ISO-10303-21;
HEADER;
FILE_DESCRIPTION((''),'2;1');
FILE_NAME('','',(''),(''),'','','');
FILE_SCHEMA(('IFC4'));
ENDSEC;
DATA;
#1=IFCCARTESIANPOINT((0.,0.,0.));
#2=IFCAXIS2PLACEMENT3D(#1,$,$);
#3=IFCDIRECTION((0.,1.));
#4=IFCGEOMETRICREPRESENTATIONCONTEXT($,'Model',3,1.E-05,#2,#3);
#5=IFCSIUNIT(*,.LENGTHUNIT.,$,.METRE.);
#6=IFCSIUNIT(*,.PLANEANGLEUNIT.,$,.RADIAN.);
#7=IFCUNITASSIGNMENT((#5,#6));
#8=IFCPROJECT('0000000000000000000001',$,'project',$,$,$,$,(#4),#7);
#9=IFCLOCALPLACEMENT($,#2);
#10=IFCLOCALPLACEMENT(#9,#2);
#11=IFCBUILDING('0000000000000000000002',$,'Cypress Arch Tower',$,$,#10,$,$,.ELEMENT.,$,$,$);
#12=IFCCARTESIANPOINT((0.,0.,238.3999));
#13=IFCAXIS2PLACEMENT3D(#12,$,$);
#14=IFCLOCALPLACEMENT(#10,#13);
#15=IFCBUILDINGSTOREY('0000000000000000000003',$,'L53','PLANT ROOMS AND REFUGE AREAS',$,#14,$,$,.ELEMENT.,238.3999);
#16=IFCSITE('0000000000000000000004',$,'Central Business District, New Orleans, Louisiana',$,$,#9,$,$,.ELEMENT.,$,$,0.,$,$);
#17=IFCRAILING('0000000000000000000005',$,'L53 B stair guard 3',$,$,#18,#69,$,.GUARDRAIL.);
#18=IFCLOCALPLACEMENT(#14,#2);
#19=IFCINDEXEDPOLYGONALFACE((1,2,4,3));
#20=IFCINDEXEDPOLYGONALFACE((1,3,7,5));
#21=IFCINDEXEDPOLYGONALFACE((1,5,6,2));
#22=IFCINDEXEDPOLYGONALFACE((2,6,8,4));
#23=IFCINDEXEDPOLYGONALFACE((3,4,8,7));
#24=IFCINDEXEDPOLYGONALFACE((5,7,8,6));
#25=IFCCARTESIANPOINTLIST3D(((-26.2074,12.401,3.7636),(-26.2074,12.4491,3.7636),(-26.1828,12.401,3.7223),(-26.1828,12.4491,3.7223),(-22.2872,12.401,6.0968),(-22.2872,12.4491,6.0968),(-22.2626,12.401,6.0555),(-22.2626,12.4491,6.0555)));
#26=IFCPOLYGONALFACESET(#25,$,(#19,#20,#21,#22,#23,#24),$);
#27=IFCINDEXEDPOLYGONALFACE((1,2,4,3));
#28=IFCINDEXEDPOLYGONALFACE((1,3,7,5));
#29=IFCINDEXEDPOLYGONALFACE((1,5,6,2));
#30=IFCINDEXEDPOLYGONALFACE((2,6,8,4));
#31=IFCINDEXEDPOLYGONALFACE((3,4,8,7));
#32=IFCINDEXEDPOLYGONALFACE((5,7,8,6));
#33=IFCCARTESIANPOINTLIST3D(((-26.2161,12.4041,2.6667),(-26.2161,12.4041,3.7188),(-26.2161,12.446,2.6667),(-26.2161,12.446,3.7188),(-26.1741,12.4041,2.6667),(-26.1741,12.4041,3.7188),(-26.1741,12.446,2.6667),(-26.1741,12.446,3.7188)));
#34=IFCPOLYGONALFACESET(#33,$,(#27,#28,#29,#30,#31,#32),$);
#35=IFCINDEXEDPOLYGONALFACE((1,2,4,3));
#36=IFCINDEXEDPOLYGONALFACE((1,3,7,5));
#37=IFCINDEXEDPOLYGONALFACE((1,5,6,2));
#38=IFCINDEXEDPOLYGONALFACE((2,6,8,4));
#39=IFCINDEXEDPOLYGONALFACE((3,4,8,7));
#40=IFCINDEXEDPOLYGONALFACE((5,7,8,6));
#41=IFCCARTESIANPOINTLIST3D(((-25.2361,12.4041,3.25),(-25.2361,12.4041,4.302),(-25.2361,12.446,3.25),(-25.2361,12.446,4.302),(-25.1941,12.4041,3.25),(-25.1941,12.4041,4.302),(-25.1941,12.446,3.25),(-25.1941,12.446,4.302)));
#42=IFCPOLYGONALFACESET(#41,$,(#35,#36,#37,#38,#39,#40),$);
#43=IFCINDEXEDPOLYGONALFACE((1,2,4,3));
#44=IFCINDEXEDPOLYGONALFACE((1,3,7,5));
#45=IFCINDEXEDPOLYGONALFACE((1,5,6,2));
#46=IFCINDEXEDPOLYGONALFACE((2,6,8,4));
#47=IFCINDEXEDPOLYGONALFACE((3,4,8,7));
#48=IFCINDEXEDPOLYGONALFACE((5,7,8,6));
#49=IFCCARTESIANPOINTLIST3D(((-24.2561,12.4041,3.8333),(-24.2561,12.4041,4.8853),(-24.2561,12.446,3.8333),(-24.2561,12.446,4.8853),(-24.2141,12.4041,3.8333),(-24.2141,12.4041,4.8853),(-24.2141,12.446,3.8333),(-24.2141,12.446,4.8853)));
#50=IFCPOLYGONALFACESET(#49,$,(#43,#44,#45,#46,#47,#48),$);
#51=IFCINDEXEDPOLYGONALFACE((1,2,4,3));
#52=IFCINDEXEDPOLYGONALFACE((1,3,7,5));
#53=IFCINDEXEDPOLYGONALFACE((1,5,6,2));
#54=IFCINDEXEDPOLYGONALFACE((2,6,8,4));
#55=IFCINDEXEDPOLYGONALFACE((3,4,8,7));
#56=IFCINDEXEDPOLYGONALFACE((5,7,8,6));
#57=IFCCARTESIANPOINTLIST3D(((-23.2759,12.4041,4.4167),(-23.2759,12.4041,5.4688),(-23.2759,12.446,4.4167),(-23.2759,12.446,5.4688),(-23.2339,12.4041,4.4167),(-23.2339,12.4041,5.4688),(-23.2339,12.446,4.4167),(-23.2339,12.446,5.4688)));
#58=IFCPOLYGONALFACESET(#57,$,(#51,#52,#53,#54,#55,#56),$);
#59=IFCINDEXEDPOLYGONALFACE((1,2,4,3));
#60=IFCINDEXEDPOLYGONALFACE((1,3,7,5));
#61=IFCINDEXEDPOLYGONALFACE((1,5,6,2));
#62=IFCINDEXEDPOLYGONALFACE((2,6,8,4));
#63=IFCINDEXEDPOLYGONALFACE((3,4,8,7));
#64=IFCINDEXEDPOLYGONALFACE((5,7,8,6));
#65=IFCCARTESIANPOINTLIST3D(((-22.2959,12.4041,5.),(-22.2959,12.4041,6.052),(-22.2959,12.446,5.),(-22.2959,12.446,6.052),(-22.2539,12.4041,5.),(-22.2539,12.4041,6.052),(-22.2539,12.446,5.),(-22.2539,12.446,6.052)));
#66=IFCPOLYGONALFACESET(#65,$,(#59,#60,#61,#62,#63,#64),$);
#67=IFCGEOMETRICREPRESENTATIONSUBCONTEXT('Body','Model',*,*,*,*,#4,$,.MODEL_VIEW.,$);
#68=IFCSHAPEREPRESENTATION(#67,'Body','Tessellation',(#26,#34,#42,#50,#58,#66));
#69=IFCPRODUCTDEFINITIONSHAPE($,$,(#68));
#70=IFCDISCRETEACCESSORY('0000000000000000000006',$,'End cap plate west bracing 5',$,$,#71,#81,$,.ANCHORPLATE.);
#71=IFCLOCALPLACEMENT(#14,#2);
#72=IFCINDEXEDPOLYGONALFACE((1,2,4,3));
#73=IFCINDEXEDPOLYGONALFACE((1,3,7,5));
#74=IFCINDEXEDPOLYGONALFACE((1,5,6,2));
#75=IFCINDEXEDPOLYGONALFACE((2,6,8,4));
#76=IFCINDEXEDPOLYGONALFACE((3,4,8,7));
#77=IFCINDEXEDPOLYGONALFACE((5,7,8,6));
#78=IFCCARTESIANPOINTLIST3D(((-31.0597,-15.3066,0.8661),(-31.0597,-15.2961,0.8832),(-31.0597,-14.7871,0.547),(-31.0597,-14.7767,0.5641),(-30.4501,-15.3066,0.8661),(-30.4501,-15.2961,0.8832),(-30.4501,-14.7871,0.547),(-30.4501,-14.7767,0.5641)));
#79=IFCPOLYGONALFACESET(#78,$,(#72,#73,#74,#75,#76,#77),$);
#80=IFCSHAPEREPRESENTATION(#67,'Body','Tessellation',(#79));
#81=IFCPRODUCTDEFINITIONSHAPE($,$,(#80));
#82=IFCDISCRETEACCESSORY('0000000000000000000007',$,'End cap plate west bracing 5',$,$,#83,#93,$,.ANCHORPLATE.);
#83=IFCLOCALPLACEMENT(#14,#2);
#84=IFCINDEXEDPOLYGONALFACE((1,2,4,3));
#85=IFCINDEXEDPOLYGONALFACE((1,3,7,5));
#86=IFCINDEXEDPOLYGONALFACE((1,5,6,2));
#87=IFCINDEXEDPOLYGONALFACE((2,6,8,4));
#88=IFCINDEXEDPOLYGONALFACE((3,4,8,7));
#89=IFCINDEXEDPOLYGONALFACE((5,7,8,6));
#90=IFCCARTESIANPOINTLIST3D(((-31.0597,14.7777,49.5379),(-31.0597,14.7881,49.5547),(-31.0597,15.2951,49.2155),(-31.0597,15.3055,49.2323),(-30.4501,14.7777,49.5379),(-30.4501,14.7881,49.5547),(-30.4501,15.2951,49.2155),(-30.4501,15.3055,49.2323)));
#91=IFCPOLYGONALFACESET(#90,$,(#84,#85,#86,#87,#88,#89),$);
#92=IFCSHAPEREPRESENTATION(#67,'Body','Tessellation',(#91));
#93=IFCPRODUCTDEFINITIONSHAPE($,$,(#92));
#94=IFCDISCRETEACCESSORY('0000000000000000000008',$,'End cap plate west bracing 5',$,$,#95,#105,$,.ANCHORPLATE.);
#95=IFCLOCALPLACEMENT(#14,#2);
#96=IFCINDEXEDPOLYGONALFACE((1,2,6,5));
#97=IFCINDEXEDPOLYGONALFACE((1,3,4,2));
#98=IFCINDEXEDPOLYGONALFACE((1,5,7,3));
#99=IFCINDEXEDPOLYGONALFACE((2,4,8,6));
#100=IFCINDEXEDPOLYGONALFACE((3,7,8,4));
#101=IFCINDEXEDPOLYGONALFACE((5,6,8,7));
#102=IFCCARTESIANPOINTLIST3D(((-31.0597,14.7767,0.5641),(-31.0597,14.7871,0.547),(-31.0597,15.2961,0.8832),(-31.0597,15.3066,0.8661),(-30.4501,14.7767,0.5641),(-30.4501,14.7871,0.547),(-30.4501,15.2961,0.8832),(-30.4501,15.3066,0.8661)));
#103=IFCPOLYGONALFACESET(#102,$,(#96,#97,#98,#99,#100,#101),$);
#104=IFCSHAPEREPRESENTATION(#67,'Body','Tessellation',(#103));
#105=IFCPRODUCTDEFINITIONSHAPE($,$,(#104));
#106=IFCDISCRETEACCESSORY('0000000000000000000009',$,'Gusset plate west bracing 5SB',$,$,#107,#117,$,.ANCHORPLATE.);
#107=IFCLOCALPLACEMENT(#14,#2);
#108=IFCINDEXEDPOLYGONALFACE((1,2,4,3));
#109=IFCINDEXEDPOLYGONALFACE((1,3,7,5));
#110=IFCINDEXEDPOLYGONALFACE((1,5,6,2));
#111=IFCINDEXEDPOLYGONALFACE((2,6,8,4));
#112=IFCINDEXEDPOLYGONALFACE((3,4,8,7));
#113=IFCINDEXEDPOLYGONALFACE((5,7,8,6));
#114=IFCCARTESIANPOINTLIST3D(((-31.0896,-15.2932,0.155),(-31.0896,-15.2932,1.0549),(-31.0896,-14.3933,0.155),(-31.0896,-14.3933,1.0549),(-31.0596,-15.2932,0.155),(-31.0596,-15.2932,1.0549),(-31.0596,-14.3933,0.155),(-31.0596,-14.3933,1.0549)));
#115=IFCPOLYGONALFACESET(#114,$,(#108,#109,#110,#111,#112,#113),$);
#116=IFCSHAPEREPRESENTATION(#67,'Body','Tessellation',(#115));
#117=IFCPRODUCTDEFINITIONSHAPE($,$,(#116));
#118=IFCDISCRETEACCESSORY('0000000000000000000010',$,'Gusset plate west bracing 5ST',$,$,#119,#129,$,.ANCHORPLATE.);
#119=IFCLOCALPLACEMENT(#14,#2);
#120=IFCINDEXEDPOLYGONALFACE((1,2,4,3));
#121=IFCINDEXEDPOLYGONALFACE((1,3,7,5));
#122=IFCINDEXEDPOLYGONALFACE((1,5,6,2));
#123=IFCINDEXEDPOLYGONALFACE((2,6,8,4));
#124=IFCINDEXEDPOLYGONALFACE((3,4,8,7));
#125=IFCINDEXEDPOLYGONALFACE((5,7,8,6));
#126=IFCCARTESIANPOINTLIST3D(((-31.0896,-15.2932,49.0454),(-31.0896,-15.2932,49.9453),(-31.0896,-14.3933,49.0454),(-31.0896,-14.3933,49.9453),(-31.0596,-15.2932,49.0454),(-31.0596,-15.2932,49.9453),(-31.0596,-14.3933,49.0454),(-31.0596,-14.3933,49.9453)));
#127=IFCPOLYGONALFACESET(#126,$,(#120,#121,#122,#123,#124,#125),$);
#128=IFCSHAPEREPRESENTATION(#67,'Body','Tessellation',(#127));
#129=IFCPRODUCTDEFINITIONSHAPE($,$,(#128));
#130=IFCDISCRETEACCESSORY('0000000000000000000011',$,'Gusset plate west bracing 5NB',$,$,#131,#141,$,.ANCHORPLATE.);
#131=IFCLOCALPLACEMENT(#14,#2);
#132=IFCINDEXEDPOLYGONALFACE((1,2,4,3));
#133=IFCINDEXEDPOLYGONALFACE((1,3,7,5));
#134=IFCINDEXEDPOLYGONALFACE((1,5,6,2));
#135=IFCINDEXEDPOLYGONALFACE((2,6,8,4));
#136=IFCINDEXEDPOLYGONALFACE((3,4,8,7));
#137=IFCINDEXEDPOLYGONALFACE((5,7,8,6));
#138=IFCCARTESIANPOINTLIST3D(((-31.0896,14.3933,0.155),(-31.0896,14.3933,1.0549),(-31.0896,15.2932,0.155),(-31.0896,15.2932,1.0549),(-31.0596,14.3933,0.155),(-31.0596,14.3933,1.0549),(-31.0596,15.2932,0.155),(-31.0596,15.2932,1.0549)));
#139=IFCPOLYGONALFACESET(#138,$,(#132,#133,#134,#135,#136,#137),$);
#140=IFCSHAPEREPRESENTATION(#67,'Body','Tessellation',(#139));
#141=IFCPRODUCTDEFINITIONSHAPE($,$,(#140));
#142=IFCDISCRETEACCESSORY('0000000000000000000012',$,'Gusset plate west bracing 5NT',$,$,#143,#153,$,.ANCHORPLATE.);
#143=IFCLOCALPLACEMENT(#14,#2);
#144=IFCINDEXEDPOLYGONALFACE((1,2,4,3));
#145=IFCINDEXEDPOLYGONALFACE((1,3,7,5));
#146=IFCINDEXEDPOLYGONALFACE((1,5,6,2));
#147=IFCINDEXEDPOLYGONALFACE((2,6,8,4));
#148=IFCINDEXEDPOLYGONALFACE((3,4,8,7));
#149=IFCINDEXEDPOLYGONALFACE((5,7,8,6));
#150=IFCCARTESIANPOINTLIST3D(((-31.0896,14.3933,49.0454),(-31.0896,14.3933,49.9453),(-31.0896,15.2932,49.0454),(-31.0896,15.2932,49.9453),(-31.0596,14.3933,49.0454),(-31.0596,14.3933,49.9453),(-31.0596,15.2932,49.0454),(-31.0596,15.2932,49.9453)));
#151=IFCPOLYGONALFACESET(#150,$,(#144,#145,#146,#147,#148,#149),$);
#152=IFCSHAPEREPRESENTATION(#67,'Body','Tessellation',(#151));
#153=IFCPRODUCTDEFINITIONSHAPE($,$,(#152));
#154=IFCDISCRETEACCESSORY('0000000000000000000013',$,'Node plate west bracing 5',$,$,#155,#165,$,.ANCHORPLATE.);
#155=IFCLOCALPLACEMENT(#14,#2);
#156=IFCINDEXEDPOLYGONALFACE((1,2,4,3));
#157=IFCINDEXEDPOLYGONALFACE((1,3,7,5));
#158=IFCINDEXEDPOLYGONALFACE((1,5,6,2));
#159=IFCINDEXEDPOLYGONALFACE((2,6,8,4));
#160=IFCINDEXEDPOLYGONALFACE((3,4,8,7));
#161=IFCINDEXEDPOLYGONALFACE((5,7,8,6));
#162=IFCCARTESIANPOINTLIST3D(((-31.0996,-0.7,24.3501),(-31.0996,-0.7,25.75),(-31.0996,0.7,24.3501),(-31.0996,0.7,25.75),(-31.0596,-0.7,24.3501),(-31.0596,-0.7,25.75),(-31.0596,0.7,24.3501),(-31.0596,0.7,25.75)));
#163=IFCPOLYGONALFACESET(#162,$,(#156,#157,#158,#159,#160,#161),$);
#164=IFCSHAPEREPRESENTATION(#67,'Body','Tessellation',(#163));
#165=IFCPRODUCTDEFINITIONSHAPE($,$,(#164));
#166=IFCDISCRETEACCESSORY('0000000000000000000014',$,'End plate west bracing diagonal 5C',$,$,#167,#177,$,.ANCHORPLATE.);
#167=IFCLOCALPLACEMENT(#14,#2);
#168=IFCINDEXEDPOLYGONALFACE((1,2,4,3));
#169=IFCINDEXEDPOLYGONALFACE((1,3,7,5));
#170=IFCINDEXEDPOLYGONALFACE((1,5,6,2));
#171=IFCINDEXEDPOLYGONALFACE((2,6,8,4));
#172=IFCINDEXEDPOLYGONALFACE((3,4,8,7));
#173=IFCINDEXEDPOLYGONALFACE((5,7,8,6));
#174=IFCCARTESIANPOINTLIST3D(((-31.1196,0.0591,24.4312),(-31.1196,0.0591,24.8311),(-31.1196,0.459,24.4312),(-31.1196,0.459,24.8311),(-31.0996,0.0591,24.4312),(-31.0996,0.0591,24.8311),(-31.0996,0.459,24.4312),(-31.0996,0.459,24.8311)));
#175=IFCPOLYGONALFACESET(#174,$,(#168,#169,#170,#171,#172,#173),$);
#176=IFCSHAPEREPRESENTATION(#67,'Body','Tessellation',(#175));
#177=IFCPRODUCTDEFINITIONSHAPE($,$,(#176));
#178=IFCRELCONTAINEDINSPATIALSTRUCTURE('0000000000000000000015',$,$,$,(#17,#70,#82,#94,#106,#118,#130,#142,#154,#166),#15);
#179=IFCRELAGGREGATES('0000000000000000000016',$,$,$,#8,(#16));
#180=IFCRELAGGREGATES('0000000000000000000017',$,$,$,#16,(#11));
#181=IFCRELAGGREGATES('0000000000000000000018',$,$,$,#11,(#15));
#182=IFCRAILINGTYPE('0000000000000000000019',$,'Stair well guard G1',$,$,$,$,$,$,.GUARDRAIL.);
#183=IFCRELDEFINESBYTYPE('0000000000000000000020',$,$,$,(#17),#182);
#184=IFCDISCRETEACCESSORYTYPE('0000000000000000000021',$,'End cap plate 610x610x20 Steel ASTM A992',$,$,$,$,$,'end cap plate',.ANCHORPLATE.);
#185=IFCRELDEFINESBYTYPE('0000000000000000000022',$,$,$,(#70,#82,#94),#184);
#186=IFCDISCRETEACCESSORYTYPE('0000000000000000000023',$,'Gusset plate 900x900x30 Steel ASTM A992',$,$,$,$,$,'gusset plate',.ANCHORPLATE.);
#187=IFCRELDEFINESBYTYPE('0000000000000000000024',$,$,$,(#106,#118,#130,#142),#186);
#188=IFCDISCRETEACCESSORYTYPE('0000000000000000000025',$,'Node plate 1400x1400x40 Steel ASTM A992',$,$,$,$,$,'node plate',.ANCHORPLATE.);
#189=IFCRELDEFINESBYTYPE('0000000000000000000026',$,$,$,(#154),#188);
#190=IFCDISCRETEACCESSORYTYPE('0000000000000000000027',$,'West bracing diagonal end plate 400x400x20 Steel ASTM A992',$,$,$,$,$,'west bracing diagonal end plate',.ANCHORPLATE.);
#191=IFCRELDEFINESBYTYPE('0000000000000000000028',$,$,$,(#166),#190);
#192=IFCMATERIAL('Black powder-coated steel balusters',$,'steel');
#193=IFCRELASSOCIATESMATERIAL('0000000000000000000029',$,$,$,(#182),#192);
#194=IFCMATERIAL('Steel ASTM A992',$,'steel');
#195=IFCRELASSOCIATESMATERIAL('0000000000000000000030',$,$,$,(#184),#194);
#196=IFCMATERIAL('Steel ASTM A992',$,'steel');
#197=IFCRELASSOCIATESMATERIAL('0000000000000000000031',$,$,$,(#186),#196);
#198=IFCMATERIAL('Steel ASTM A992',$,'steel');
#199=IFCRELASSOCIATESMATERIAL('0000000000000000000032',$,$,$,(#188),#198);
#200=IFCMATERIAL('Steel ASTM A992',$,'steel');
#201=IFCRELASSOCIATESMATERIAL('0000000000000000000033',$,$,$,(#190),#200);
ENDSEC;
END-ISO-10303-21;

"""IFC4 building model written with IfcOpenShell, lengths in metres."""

from ifc_helpers import new_model, si_unit, direction, frame, origin, origin_2d, place, context, subcontext, project, spatial, rectangle, extrude, material, material_profile, profile_set, type_object, element, save


model = new_model("IFC4")

# Units and contexts
model_context = context("Model", 3, precision=1e-05, world=origin(), true_north=direction((0.0, 1.0)))
body_context = subcontext(model_context, "Body", "Model", "MODEL_VIEW")
ifc_project = project(units=[si_unit("LENGTHUNIT", "METRE"), si_unit("PLANEANGLEUNIT", "RADIAN")], contexts=[model_context])

# Site, building, storey
site_placement = place(None, origin())
site = spatial("IfcSite", under=ifc_project, at=site_placement, Name="Central Business District, New Orleans, Louisiana", CompositionType="ELEMENT", RefElevation=0.0)
building_placement = place(site_placement, origin())
building = spatial("IfcBuilding", under=site, at=building_placement, Name="Cypress Arch Tower", CompositionType="ELEMENT")
storey_placement = place(building_placement, frame((0.0, 0.0, 238.3999)))
storey = spatial("IfcBuildingStorey", under=building, at=storey_placement, Name="L53", Description="PLANT ROOMS AND REFUGE AREAS", CompositionType="ELEMENT", Elevation=238.3999)

# Railing
ifc_material_1 = material(Name="Black powder-coated steel balusters", Category="steel")
railing_type_1 = type_object("IfcRailingType", Name="Stair well guard G1", PredefinedType="GUARDRAIL", material=ifc_material_1)
railing_1_placement = place(storey_placement, frame((-26.1951, 12.425, 2.6667)))
element("IfcRailing", 1, at=railing_1_placement, inside=storey, type_object=railing_type_1, Name="L53 B stair guard 3", PredefinedType="GUARDRAIL", context=body_context, shape_type="SweptSolid", body=[
    extrude(rectangle(XDim=0.0481, YDim=0.0481, at=origin_2d()), frame((0.0, 0.0, 1.0762), z_axis=(0.85931, 0.0, 0.511455), x_axis=(0.0, 1.0, 0.0)), (0.0, 0.0, 1.0), 4.562),
    extrude(rectangle(XDim=0.042, YDim=0.042, at=origin_2d()), origin(), (0.0, 0.0, 1.0), 1.052),
    extrude(rectangle(XDim=0.042, YDim=0.042, at=origin_2d()), frame((0.98, 0.0, 0.5833)), (0.0, 0.0, 1.0), 1.052),
    extrude(rectangle(XDim=0.042, YDim=0.042, at=origin_2d()), frame((1.96, 0.0, 1.1665)), (0.0, 0.0, 1.0), 1.052),
    extrude(rectangle(XDim=0.042, YDim=0.042, at=origin_2d()), frame((2.9402, 0.0, 1.75)), (0.0, 0.0, 1.0), 1.052),
    extrude(rectangle(XDim=0.042, YDim=0.042, at=origin_2d()), frame((3.9202, 0.0, 2.3333)), (0.0, 0.0, 1.0), 1.052),
])

# Discrete accessories
ifc_material_2 = material(Name="Steel ASTM A992", Category="steel")
ifc_material_profile_1 = material_profile(ifc_material_2, rectangle(XDim=0.6096, YDim=0.6096, at=origin_2d()), Name="PL 20 610x610")
ifc_profile_set_1 = profile_set([ifc_material_profile_1], Name="Steel ASTM A992")
discrete_accessory_type_1 = type_object("IfcDiscreteAccessoryType", Name="End cap plate 610x610x20 Steel ASTM A992", ElementType="end cap plate", PredefinedType="ANCHORPLATE", material=ifc_profile_set_1)
discrete_accessory_1_placement = place(storey_placement, frame((-30.7549, -15.0364, 0.7236), z_axis=(0.0, -0.523418, -0.852076), x_axis=(1.0, 0.0, 0.0)))
element("IfcDiscreteAccessory", 2, at=discrete_accessory_1_placement, inside=storey, type_object=discrete_accessory_type_1, Name="End cap plate west bracing 5", PredefinedType="ANCHORPLATE", context=body_context, shape_type="SweptSolid", body=[
    extrude(rectangle(XDim=0.6096, YDim=0.6096, at=origin_2d()), origin(), (0.0, 0.0, 1.0), 0.02),
])
discrete_accessory_2_placement = place(storey_placement, frame((-30.7549, 15.0364, 49.3767), z_axis=(0.0, 0.528893, 0.848689), x_axis=(-1.0, 0.0, 0.0)))
element("IfcDiscreteAccessory", 3, at=discrete_accessory_2_placement, inside=storey, type_object=discrete_accessory_type_1, Name="End cap plate west bracing 5", PredefinedType="ANCHORPLATE", context=body_context, shape_type="SweptSolid", body=[
    extrude(rectangle(XDim=0.6096, YDim=0.6096, at=origin_2d()), origin(), (0.0, 0.0, 1.0), 0.0198),
])
discrete_accessory_3_placement = place(storey_placement, frame((-30.7549, 15.0364, 0.7236), z_axis=(0.0, 0.523418, -0.852076), x_axis=(-1.0, 0.0, 0.0)))
element("IfcDiscreteAccessory", 4, at=discrete_accessory_3_placement, inside=storey, type_object=discrete_accessory_type_1, Name="End cap plate west bracing 5", PredefinedType="ANCHORPLATE", context=body_context, shape_type="SweptSolid", body=[
    extrude(rectangle(XDim=0.6096, YDim=0.6096, at=origin_2d()), origin(), (0.0, 0.0, 1.0), 0.02),
])
ifc_material_3 = material(Name="Steel ASTM A992", Category="steel")
ifc_material_profile_2 = material_profile(ifc_material_3, rectangle(XDim=0.8999, YDim=0.8999, at=origin_2d()), Name="PL 30 900x900")
ifc_profile_set_2 = profile_set([ifc_material_profile_2], Name="Steel ASTM A992")
discrete_accessory_type_2 = type_object("IfcDiscreteAccessoryType", Name="Gusset plate 900x900x30 Steel ASTM A992", ElementType="gusset plate", PredefinedType="ANCHORPLATE", material=ifc_profile_set_2)
for number, where, z_axis, x_axis, name in (
    (5, (-31.0596, -14.8433, 0.605), (-1.0, 0.0, 0.0), (0.0, -1.0, 0.0), "Gusset plate west bracing 5SB"),
    (6, (-31.0596, -14.8433, 49.4954), (-1.0, 0.0, 0.0), (0.0, -1.0, 0.0), "Gusset plate west bracing 5ST"),
    (7, (-31.0596, 14.8433, 0.605), (-1.0, 0.0, 0.0), (0.0, -1.0, 0.0), "Gusset plate west bracing 5NB"),
    (8, (-31.0596, 14.8433, 49.4954), (-1.0, 0.0, 0.0), (0.0, -1.0, 0.0), "Gusset plate west bracing 5NT"),
):
    element("IfcDiscreteAccessory", number, at=place(storey_placement, frame(where, z_axis=z_axis, x_axis=x_axis)), inside=storey, type_object=discrete_accessory_type_2, Name=name, PredefinedType="ANCHORPLATE", context=body_context, shape_type="SweptSolid", body=[
        extrude(rectangle(XDim=0.8999, YDim=0.8999, at=origin_2d()), origin(), (0.0, 0.0, 1.0), 0.03),
    ])
ifc_material_4 = material(Name="Steel ASTM A992", Category="steel")
ifc_material_profile_3 = material_profile(ifc_material_4, rectangle(XDim=1.3999, YDim=1.3999, at=origin_2d()), Name="PL 40 1400x1400")
ifc_profile_set_3 = profile_set([ifc_material_profile_3], Name="Steel ASTM A992")
discrete_accessory_type_3 = type_object("IfcDiscreteAccessoryType", Name="Node plate 1400x1400x40 Steel ASTM A992", ElementType="node plate", PredefinedType="ANCHORPLATE", material=ifc_profile_set_3)
discrete_accessory_4_placement = place(storey_placement, frame((-31.0596, 0.0, 25.05), z_axis=(-1.0, 0.0, 0.0), x_axis=(0.0, -1.0, 0.0)))
element("IfcDiscreteAccessory", 9, at=discrete_accessory_4_placement, inside=storey, type_object=discrete_accessory_type_3, Name="Node plate west bracing 5", PredefinedType="ANCHORPLATE", context=body_context, shape_type="SweptSolid", body=[
    extrude(rectangle(XDim=1.3999, YDim=1.3999, at=origin_2d()), origin(), (0.0, 0.0, 1.0), 0.04),
])
ifc_material_5 = material(Name="Steel ASTM A992", Category="steel")
ifc_material_profile_4 = material_profile(ifc_material_5, rectangle(XDim=0.3999, YDim=0.3999, at=origin_2d()), Name="PL 20 400x400")
ifc_profile_set_4 = profile_set([ifc_material_profile_4], Name="Steel ASTM A992")
discrete_accessory_type_4 = type_object("IfcDiscreteAccessoryType", Name="West bracing diagonal end plate 400x400x20 Steel ASTM A992", ElementType="west bracing diagonal end plate", PredefinedType="ANCHORPLATE", material=ifc_profile_set_4)
discrete_accessory_5_placement = place(storey_placement, frame((-31.0996, 0.259, 24.6311), z_axis=(-1.0, 0.0, 0.0), x_axis=(0.0, -1.0, 0.0)))
element("IfcDiscreteAccessory", 10, at=discrete_accessory_5_placement, inside=storey, type_object=discrete_accessory_type_4, Name="End plate west bracing diagonal 5C", PredefinedType="ANCHORPLATE", context=body_context, shape_type="SweptSolid", body=[
    extrude(rectangle(XDim=0.3999, YDim=0.3999, at=origin_2d()), origin(), (0.0, 0.0, 1.0), 0.02),
])

save(model, "model.ifc")
